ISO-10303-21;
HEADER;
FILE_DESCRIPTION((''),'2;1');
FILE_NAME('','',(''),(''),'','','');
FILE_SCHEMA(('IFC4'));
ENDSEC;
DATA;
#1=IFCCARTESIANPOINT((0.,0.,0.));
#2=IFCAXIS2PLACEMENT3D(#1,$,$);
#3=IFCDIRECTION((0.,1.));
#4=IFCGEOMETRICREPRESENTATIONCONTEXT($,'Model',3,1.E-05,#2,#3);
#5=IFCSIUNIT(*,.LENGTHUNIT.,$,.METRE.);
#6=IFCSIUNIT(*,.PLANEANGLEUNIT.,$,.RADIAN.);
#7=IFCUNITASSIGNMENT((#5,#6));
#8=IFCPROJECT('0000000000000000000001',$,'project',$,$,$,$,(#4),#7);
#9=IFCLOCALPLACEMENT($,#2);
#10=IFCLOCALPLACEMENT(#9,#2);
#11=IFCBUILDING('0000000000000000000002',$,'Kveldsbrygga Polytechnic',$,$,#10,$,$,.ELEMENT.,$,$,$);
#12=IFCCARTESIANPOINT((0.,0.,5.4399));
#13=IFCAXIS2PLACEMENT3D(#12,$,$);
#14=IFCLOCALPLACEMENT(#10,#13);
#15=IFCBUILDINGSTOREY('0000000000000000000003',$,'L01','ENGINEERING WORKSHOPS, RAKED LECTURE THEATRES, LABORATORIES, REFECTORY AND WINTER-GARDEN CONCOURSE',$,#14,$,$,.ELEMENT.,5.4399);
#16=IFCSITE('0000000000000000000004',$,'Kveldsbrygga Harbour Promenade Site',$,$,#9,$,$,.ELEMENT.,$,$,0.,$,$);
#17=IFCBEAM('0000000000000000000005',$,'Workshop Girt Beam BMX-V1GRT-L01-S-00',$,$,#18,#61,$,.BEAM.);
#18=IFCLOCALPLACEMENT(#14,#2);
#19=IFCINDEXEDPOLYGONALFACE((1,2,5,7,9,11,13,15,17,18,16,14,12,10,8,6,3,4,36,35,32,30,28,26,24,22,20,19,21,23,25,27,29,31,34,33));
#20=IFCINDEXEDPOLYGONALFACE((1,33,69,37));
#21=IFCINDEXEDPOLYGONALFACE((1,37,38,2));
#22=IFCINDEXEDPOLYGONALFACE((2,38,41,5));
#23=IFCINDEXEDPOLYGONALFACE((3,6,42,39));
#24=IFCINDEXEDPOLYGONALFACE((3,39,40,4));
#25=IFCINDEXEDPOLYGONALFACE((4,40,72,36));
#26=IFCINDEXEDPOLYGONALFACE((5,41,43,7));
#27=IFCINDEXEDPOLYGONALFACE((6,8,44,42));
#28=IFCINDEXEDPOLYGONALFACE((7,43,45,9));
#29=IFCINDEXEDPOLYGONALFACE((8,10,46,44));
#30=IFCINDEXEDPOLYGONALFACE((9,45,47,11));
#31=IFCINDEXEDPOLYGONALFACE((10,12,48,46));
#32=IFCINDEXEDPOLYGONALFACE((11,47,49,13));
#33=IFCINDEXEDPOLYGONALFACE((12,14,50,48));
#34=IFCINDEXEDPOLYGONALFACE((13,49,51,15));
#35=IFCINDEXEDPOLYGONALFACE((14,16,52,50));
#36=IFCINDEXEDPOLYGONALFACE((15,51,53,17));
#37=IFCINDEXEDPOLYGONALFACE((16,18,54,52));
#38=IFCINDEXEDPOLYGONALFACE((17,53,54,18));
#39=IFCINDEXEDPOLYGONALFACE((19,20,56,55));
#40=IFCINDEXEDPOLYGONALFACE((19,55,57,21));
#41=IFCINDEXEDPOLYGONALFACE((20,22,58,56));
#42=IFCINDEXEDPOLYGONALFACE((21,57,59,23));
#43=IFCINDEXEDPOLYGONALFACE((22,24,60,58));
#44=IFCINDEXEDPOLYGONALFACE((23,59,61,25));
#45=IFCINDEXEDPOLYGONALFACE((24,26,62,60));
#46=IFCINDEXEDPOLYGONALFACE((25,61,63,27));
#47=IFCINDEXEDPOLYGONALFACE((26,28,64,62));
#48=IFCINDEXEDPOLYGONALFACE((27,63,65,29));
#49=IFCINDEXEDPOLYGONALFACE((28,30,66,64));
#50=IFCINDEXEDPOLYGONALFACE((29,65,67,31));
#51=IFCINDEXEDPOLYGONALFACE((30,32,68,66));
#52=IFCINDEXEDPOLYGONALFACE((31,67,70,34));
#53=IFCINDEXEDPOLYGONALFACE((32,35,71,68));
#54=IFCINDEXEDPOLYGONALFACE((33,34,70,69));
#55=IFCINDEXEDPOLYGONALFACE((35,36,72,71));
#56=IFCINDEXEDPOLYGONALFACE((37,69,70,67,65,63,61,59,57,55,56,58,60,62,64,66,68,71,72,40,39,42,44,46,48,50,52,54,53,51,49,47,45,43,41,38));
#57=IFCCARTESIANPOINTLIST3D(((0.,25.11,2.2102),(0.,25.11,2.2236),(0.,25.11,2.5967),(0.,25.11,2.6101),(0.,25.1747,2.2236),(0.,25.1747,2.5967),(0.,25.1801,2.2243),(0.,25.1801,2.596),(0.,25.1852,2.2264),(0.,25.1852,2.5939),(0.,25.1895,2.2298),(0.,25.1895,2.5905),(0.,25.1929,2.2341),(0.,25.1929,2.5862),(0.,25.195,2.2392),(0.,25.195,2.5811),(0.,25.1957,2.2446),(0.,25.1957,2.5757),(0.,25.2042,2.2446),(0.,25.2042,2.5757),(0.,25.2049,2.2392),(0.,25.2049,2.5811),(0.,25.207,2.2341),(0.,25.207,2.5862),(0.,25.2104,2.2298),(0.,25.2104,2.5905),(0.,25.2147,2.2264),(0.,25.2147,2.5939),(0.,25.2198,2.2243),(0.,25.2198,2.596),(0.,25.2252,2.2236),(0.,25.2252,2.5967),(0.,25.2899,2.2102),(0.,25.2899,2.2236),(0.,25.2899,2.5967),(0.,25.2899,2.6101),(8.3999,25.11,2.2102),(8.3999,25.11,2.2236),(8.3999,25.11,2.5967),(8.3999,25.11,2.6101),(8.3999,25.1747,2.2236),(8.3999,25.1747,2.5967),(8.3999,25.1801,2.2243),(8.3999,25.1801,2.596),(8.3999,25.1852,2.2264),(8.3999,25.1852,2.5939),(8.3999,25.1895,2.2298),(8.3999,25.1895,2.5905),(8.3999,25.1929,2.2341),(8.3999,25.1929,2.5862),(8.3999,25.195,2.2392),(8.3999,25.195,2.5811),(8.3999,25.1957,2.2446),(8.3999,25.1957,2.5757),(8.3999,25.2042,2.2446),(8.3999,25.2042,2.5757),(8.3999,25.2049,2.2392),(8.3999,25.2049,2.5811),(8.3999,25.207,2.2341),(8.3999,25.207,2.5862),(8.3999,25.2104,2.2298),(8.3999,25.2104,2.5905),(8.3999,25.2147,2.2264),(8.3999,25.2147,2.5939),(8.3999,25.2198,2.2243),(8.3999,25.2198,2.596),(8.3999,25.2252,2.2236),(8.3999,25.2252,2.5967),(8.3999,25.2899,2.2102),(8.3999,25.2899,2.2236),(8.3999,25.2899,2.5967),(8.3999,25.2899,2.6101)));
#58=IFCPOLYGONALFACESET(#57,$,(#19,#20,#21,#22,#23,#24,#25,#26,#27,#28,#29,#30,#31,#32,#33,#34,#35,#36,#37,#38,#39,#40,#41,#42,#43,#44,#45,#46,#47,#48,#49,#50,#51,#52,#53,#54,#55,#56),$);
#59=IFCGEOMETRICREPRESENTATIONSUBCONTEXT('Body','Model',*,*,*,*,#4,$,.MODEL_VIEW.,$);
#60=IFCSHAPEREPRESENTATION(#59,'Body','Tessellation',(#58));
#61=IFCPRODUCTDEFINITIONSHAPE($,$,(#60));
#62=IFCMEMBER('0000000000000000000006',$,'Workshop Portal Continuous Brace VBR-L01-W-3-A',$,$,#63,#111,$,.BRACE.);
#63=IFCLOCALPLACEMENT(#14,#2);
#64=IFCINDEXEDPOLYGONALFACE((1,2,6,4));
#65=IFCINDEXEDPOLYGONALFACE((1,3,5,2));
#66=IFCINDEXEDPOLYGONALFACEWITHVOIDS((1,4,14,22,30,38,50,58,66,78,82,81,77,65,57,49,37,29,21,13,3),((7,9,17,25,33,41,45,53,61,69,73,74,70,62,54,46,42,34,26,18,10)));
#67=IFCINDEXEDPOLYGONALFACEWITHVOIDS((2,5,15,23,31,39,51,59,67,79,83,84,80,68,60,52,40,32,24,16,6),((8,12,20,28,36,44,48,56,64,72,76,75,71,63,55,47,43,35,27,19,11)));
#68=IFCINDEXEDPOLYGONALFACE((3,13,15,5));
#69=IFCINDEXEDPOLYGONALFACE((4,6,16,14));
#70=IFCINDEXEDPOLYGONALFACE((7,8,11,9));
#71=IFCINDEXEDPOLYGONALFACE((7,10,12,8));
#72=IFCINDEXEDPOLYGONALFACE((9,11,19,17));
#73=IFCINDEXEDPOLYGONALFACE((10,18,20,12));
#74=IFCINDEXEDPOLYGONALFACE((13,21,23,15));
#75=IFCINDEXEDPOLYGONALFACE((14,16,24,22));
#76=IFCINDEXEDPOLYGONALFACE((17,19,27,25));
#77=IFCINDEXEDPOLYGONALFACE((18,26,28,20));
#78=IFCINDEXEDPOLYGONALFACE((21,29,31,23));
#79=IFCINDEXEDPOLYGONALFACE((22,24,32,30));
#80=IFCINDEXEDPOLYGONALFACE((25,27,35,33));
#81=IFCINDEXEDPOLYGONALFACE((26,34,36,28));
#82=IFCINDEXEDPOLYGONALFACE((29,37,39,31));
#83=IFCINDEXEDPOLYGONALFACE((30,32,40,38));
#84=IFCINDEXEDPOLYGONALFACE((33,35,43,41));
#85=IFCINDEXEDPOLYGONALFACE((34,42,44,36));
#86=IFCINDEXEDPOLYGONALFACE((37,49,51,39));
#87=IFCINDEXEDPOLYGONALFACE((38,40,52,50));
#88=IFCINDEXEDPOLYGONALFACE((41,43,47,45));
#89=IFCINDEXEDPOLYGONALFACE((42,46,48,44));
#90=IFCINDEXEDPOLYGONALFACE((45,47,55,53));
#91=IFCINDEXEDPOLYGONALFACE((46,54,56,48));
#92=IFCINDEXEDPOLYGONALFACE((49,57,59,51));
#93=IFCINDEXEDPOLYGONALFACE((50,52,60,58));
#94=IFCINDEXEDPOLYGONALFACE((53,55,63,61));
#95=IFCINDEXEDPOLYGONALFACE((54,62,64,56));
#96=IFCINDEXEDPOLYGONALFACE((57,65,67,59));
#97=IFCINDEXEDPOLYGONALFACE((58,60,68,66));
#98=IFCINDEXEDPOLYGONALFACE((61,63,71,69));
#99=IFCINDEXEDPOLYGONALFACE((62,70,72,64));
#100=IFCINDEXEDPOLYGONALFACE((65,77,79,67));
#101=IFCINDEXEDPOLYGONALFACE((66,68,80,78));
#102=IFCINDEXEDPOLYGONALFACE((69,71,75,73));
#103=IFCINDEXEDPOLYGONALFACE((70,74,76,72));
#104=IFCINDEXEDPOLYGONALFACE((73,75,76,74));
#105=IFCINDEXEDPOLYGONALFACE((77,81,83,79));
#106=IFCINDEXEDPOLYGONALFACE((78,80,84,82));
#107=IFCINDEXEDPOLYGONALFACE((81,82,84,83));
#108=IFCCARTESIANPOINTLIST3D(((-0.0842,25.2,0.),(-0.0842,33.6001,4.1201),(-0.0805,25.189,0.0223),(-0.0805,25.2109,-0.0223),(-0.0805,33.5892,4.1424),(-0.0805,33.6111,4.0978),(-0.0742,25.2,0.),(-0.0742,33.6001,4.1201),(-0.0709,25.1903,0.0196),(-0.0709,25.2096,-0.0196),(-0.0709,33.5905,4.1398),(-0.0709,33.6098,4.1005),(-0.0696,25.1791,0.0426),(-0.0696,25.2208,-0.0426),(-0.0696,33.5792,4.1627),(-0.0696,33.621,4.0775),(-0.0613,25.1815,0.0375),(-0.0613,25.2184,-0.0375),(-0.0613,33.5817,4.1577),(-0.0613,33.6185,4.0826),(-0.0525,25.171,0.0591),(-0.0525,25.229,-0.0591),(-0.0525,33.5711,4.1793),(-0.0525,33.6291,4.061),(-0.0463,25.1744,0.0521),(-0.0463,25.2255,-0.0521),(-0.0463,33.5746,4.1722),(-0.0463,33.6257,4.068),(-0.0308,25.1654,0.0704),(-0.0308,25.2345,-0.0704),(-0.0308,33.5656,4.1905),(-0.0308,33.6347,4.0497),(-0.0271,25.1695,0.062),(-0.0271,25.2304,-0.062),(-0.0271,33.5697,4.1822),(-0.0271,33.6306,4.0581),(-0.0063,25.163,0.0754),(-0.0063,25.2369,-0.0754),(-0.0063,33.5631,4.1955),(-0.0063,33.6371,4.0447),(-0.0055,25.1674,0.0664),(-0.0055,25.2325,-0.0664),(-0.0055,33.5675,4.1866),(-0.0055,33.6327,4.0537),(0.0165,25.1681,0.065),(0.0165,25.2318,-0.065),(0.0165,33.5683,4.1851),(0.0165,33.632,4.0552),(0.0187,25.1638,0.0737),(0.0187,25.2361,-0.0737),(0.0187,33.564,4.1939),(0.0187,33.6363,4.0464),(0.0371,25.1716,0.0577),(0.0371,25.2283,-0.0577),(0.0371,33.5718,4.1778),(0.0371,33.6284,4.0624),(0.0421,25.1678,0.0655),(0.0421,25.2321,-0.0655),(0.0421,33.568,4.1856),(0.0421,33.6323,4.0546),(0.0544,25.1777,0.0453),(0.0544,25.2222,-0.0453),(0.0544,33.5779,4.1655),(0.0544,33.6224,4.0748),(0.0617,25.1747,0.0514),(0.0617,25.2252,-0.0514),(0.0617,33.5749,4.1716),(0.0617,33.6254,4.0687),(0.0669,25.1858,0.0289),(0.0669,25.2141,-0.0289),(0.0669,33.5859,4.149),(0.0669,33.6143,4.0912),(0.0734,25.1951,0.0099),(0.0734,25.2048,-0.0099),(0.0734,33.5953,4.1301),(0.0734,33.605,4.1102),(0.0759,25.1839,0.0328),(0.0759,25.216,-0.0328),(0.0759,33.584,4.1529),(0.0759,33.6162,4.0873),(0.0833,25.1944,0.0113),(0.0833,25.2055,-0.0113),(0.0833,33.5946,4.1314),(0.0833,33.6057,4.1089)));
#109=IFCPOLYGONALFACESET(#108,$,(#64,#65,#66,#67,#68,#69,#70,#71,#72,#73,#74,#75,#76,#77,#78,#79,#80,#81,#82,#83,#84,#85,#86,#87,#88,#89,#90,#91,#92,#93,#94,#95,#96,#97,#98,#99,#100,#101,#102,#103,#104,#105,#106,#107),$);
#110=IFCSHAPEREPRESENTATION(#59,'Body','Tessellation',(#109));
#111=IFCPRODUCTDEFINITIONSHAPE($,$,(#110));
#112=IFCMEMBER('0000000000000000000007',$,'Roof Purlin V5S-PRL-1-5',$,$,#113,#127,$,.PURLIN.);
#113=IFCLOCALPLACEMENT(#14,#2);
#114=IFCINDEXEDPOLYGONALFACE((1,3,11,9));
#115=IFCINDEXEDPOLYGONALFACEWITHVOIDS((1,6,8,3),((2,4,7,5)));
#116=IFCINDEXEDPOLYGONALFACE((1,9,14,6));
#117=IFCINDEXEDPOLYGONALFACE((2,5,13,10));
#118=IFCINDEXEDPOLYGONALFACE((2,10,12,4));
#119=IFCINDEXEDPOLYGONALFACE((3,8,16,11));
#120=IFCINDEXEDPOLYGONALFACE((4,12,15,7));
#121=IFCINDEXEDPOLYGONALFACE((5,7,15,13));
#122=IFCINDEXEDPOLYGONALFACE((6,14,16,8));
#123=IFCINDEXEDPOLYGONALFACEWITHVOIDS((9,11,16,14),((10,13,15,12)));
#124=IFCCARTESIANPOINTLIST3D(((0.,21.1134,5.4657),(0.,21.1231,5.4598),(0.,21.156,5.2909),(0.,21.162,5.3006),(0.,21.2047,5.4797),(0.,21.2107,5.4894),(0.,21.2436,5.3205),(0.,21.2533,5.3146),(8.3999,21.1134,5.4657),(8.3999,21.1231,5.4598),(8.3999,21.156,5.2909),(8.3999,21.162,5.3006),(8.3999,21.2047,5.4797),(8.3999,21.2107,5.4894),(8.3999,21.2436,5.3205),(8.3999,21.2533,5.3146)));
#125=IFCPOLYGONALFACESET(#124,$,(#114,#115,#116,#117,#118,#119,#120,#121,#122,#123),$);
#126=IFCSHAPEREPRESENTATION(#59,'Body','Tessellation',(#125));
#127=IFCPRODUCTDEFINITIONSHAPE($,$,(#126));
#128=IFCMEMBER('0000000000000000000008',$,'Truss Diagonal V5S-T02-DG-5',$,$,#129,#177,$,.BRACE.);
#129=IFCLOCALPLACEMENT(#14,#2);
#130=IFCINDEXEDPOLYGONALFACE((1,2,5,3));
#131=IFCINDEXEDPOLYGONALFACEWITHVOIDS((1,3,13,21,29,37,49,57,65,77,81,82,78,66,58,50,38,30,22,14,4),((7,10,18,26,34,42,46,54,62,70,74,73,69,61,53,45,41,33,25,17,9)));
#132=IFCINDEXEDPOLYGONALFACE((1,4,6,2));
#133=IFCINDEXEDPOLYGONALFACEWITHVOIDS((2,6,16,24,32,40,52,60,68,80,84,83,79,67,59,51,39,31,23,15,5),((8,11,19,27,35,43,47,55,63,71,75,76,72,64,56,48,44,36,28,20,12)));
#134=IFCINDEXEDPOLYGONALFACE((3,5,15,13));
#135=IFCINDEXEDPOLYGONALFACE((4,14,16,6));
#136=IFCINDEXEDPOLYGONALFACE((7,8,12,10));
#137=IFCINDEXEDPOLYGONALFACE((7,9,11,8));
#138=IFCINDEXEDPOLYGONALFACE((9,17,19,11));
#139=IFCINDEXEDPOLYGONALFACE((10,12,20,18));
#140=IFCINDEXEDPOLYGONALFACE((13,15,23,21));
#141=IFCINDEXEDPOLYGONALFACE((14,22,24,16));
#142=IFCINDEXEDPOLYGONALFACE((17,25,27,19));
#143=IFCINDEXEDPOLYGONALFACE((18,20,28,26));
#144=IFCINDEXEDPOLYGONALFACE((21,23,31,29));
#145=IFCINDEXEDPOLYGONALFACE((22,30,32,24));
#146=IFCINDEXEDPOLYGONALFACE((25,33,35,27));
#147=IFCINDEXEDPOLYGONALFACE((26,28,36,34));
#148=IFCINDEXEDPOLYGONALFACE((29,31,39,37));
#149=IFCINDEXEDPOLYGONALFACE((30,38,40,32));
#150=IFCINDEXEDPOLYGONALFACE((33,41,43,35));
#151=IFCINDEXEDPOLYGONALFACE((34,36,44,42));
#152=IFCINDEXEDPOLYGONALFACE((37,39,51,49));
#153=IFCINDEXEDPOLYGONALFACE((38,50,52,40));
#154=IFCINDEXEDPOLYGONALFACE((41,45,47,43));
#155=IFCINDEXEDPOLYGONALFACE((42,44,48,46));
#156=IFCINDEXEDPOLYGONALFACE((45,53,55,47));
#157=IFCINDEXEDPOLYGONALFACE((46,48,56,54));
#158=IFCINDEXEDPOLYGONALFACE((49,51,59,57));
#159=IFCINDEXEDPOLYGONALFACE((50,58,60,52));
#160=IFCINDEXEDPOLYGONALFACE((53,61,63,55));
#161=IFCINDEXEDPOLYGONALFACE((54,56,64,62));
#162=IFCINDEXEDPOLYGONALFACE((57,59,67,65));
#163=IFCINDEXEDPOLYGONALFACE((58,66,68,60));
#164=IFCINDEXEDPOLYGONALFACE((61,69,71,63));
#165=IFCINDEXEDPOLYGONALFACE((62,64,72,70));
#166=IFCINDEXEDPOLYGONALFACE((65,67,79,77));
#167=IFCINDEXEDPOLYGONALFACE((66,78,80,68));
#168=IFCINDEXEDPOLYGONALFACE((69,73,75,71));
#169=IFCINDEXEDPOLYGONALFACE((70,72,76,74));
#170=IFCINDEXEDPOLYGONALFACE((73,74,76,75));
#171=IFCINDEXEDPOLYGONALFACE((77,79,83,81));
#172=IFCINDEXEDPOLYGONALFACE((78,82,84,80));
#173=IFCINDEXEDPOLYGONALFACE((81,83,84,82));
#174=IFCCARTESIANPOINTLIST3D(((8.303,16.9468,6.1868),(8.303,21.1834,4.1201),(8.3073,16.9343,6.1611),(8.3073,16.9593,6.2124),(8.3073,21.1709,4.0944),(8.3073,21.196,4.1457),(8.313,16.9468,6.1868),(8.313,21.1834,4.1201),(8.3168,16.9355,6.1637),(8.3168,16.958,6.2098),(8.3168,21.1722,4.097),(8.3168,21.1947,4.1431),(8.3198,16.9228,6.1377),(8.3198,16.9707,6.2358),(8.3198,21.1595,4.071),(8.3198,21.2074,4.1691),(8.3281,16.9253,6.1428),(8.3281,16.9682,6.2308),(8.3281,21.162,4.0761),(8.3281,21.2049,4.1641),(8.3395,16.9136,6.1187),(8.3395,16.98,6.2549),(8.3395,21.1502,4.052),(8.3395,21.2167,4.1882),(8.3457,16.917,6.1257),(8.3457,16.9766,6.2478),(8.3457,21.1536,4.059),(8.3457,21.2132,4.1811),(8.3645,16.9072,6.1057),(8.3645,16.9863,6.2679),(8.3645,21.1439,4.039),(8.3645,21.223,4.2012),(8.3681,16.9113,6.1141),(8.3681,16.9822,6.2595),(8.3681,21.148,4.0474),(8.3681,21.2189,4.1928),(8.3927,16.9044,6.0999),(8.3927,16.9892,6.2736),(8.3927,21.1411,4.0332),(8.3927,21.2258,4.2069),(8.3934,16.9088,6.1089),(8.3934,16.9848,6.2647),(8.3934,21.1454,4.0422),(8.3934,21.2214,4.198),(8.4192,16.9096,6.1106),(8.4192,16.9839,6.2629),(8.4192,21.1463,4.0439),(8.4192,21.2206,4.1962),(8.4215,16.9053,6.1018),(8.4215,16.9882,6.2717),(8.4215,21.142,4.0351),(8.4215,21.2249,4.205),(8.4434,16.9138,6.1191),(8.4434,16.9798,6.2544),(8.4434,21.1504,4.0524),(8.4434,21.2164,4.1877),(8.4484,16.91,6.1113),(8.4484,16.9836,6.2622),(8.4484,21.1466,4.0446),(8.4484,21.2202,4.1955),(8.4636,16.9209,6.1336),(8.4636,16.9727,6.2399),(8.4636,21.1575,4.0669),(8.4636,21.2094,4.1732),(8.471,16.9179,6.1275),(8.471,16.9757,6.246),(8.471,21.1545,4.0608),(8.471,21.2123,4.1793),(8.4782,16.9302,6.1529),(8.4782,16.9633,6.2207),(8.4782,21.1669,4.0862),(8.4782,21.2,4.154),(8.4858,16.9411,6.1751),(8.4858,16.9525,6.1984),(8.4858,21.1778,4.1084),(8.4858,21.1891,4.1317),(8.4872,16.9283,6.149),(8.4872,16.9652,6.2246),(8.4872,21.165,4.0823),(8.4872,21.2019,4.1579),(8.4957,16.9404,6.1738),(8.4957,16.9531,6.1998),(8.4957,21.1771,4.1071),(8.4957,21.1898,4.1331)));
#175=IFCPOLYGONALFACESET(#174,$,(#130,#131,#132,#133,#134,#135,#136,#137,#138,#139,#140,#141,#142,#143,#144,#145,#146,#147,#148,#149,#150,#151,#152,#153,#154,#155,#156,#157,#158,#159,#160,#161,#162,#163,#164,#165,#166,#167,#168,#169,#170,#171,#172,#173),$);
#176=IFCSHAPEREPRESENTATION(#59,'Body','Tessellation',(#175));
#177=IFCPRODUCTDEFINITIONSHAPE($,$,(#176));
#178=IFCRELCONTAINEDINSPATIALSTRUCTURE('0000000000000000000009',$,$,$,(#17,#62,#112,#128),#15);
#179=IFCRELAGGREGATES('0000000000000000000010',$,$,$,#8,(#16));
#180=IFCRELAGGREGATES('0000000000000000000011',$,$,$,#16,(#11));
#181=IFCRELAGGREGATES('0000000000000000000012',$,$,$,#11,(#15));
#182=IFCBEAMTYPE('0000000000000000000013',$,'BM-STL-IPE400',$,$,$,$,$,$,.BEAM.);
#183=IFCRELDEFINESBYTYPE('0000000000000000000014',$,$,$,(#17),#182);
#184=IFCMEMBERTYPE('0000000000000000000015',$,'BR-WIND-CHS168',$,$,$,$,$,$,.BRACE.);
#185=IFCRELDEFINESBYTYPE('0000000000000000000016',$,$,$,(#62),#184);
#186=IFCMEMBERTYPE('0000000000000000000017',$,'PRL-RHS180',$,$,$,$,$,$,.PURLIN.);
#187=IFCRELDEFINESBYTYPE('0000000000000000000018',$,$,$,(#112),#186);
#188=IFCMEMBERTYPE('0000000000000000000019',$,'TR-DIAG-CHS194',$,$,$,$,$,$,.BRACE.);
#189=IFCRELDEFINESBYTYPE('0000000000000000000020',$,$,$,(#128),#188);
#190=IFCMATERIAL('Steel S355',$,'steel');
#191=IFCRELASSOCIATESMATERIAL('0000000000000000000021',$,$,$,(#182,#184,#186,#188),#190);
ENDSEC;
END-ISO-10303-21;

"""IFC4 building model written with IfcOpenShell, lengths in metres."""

from ifc_helpers import new_model, si_unit, direction, frame, origin, origin_2d, place, context, subcontext, project, spatial, hollow_rectangle, hollow_circle, i_section, extrude, material, material_profile, profile_set, type_object, element, save


model = new_model("IFC4")

# Units and contexts
model_context = context("Model", 3, precision=1e-05, world=origin(), true_north=direction((0.0, 1.0)))
body_context = subcontext(model_context, "Body", "Model", "MODEL_VIEW")
ifc_project = project(units=[si_unit("LENGTHUNIT", "METRE"), si_unit("PLANEANGLEUNIT", "RADIAN")], contexts=[model_context])

# Site, building, storey
site_placement = place(None, origin())
site = spatial("IfcSite", under=ifc_project, at=site_placement, Name="Kveldsbrygga Harbour Promenade Site", CompositionType="ELEMENT", RefElevation=0.0)
building_placement = place(site_placement, origin())
building = spatial("IfcBuilding", under=site, at=building_placement, Name="Kveldsbrygga Polytechnic", CompositionType="ELEMENT")
storey_placement = place(building_placement, frame((0.0, 0.0, 5.4399)))
storey = spatial("IfcBuildingStorey", under=building, at=storey_placement, Name="L01", Description="ENGINEERING WORKSHOPS, RAKED LECTURE THEATRES, LABORATORIES, REFECTORY AND WINTER-GARDEN CONCOURSE", CompositionType="ELEMENT", Elevation=5.4399)

# Beam
ifc_material_1 = material(Name="Steel S355", Category="steel")
ifc_material_profile_1 = material_profile(ifc_material_1, i_section(OverallWidth=0.1799, OverallDepth=0.3999, WebThickness=0.0085, FlangeThickness=0.0134, FilletRadius=0.021, at=origin_2d()), Name="IPE 400")
ifc_profile_set_1 = profile_set([ifc_material_profile_1], Name="Steel S355")
beam_type_1 = type_object("IfcBeamType", Name="BM-STL-IPE400", PredefinedType="BEAM", material=ifc_profile_set_1)
beam_1_placement = place(storey_placement, frame((0.0, 25.2, 2.4102), z_axis=(1.0, 0.0, 0.0), x_axis=(0.0, 1.0, 0.0)))
element("IfcBeam", 1, at=beam_1_placement, inside=storey, type_object=beam_type_1, Name="Workshop Girt Beam BMX-V1GRT-L01-S-00", PredefinedType="BEAM", context=body_context, shape_type="SweptSolid", body=[
    extrude(i_section(OverallWidth=0.1799, OverallDepth=0.3999, WebThickness=0.0085, FlangeThickness=0.0134, FilletRadius=0.021, at=origin_2d()), origin(), (0.0, 0.0, 1.0), 8.3999),
])

# Members
ifc_material_profile_2 = material_profile(ifc_material_1, hollow_circle(Radius=0.0842, WallThickness=0.01, at=origin_2d()), Name="CHS 168.3x10.0")
ifc_profile_set_2 = profile_set([ifc_material_profile_2], Name="Steel S355")
member_type_1 = type_object("IfcMemberType", Name="BR-WIND-CHS168", PredefinedType="BRACE", material=ifc_profile_set_2)
member_1_placement = place(storey_placement, frame((0.0, 25.2, 0.0), z_axis=(0.0, 0.897819, 0.440364), x_axis=(-1.0, 0.0, 0.0)))
element("IfcMember", 2, at=member_1_placement, inside=storey, type_object=member_type_1, Name="Workshop Portal Continuous Brace VBR-L01-W-3-A", PredefinedType="BRACE", context=body_context, shape_type="SweptSolid", body=[
    extrude(hollow_circle(Radius=0.0842, WallThickness=0.01, at=origin_2d()), origin(), (0.0, 0.0, 1.0), 9.3562),
])
ifc_material_profile_3 = material_profile(ifc_material_1, hollow_rectangle(XDim=0.1001, YDim=0.1799, WallThickness=0.0081, at=origin_2d()), Name="RHS 180x100x8.0")
ifc_profile_set_3 = profile_set([ifc_material_profile_3], Name="Steel S355")
member_type_2 = type_object("IfcMemberType", Name="PRL-RHS180", PredefinedType="PURLIN", material=ifc_profile_set_3)
member_2_placement = place(storey_placement, frame((0.0, 21.1833, 5.3901), z_axis=(1.0, 0.0, 0.0), x_axis=(0.0, 0.97152, 0.236957)))
element("IfcMember", 3, at=member_2_placement, inside=storey, type_object=member_type_2, Name="Roof Purlin V5S-PRL-1-5", PredefinedType="PURLIN", context=body_context, shape_type="SweptSolid", body=[
    extrude(hollow_rectangle(XDim=0.1001, YDim=0.1799, WallThickness=0.0081, at=origin_2d()), origin(), (0.0, 0.0, 1.0), 8.3999),
])
ifc_material_profile_4 = material_profile(ifc_material_1, hollow_circle(Radius=0.0969, WallThickness=0.01, at=origin_2d()), Name="CHS 193.7x10.0")
ifc_profile_set_4 = profile_set([ifc_material_profile_4], Name="Steel S355")
member_type_3 = type_object("IfcMemberType", Name="TR-DIAG-CHS194", PredefinedType="BRACE", material=ifc_profile_set_4)
member_3_placement = place(storey_placement, frame((8.3999, 16.9468, 6.1868), z_axis=(0.0, 0.898766, -0.438429), x_axis=(-1.0, 0.0, 0.0)))
element("IfcMember", 4, at=member_3_placement, inside=storey, type_object=member_type_3, Name="Truss Diagonal V5S-T02-DG-5", PredefinedType="BRACE", context=body_context, shape_type="SweptSolid", body=[
    extrude(hollow_circle(Radius=0.0969, WallThickness=0.01, at=origin_2d()), origin(), (0.0, 0.0, 1.0), 4.7139),
])

save(model, "model.ifc")
